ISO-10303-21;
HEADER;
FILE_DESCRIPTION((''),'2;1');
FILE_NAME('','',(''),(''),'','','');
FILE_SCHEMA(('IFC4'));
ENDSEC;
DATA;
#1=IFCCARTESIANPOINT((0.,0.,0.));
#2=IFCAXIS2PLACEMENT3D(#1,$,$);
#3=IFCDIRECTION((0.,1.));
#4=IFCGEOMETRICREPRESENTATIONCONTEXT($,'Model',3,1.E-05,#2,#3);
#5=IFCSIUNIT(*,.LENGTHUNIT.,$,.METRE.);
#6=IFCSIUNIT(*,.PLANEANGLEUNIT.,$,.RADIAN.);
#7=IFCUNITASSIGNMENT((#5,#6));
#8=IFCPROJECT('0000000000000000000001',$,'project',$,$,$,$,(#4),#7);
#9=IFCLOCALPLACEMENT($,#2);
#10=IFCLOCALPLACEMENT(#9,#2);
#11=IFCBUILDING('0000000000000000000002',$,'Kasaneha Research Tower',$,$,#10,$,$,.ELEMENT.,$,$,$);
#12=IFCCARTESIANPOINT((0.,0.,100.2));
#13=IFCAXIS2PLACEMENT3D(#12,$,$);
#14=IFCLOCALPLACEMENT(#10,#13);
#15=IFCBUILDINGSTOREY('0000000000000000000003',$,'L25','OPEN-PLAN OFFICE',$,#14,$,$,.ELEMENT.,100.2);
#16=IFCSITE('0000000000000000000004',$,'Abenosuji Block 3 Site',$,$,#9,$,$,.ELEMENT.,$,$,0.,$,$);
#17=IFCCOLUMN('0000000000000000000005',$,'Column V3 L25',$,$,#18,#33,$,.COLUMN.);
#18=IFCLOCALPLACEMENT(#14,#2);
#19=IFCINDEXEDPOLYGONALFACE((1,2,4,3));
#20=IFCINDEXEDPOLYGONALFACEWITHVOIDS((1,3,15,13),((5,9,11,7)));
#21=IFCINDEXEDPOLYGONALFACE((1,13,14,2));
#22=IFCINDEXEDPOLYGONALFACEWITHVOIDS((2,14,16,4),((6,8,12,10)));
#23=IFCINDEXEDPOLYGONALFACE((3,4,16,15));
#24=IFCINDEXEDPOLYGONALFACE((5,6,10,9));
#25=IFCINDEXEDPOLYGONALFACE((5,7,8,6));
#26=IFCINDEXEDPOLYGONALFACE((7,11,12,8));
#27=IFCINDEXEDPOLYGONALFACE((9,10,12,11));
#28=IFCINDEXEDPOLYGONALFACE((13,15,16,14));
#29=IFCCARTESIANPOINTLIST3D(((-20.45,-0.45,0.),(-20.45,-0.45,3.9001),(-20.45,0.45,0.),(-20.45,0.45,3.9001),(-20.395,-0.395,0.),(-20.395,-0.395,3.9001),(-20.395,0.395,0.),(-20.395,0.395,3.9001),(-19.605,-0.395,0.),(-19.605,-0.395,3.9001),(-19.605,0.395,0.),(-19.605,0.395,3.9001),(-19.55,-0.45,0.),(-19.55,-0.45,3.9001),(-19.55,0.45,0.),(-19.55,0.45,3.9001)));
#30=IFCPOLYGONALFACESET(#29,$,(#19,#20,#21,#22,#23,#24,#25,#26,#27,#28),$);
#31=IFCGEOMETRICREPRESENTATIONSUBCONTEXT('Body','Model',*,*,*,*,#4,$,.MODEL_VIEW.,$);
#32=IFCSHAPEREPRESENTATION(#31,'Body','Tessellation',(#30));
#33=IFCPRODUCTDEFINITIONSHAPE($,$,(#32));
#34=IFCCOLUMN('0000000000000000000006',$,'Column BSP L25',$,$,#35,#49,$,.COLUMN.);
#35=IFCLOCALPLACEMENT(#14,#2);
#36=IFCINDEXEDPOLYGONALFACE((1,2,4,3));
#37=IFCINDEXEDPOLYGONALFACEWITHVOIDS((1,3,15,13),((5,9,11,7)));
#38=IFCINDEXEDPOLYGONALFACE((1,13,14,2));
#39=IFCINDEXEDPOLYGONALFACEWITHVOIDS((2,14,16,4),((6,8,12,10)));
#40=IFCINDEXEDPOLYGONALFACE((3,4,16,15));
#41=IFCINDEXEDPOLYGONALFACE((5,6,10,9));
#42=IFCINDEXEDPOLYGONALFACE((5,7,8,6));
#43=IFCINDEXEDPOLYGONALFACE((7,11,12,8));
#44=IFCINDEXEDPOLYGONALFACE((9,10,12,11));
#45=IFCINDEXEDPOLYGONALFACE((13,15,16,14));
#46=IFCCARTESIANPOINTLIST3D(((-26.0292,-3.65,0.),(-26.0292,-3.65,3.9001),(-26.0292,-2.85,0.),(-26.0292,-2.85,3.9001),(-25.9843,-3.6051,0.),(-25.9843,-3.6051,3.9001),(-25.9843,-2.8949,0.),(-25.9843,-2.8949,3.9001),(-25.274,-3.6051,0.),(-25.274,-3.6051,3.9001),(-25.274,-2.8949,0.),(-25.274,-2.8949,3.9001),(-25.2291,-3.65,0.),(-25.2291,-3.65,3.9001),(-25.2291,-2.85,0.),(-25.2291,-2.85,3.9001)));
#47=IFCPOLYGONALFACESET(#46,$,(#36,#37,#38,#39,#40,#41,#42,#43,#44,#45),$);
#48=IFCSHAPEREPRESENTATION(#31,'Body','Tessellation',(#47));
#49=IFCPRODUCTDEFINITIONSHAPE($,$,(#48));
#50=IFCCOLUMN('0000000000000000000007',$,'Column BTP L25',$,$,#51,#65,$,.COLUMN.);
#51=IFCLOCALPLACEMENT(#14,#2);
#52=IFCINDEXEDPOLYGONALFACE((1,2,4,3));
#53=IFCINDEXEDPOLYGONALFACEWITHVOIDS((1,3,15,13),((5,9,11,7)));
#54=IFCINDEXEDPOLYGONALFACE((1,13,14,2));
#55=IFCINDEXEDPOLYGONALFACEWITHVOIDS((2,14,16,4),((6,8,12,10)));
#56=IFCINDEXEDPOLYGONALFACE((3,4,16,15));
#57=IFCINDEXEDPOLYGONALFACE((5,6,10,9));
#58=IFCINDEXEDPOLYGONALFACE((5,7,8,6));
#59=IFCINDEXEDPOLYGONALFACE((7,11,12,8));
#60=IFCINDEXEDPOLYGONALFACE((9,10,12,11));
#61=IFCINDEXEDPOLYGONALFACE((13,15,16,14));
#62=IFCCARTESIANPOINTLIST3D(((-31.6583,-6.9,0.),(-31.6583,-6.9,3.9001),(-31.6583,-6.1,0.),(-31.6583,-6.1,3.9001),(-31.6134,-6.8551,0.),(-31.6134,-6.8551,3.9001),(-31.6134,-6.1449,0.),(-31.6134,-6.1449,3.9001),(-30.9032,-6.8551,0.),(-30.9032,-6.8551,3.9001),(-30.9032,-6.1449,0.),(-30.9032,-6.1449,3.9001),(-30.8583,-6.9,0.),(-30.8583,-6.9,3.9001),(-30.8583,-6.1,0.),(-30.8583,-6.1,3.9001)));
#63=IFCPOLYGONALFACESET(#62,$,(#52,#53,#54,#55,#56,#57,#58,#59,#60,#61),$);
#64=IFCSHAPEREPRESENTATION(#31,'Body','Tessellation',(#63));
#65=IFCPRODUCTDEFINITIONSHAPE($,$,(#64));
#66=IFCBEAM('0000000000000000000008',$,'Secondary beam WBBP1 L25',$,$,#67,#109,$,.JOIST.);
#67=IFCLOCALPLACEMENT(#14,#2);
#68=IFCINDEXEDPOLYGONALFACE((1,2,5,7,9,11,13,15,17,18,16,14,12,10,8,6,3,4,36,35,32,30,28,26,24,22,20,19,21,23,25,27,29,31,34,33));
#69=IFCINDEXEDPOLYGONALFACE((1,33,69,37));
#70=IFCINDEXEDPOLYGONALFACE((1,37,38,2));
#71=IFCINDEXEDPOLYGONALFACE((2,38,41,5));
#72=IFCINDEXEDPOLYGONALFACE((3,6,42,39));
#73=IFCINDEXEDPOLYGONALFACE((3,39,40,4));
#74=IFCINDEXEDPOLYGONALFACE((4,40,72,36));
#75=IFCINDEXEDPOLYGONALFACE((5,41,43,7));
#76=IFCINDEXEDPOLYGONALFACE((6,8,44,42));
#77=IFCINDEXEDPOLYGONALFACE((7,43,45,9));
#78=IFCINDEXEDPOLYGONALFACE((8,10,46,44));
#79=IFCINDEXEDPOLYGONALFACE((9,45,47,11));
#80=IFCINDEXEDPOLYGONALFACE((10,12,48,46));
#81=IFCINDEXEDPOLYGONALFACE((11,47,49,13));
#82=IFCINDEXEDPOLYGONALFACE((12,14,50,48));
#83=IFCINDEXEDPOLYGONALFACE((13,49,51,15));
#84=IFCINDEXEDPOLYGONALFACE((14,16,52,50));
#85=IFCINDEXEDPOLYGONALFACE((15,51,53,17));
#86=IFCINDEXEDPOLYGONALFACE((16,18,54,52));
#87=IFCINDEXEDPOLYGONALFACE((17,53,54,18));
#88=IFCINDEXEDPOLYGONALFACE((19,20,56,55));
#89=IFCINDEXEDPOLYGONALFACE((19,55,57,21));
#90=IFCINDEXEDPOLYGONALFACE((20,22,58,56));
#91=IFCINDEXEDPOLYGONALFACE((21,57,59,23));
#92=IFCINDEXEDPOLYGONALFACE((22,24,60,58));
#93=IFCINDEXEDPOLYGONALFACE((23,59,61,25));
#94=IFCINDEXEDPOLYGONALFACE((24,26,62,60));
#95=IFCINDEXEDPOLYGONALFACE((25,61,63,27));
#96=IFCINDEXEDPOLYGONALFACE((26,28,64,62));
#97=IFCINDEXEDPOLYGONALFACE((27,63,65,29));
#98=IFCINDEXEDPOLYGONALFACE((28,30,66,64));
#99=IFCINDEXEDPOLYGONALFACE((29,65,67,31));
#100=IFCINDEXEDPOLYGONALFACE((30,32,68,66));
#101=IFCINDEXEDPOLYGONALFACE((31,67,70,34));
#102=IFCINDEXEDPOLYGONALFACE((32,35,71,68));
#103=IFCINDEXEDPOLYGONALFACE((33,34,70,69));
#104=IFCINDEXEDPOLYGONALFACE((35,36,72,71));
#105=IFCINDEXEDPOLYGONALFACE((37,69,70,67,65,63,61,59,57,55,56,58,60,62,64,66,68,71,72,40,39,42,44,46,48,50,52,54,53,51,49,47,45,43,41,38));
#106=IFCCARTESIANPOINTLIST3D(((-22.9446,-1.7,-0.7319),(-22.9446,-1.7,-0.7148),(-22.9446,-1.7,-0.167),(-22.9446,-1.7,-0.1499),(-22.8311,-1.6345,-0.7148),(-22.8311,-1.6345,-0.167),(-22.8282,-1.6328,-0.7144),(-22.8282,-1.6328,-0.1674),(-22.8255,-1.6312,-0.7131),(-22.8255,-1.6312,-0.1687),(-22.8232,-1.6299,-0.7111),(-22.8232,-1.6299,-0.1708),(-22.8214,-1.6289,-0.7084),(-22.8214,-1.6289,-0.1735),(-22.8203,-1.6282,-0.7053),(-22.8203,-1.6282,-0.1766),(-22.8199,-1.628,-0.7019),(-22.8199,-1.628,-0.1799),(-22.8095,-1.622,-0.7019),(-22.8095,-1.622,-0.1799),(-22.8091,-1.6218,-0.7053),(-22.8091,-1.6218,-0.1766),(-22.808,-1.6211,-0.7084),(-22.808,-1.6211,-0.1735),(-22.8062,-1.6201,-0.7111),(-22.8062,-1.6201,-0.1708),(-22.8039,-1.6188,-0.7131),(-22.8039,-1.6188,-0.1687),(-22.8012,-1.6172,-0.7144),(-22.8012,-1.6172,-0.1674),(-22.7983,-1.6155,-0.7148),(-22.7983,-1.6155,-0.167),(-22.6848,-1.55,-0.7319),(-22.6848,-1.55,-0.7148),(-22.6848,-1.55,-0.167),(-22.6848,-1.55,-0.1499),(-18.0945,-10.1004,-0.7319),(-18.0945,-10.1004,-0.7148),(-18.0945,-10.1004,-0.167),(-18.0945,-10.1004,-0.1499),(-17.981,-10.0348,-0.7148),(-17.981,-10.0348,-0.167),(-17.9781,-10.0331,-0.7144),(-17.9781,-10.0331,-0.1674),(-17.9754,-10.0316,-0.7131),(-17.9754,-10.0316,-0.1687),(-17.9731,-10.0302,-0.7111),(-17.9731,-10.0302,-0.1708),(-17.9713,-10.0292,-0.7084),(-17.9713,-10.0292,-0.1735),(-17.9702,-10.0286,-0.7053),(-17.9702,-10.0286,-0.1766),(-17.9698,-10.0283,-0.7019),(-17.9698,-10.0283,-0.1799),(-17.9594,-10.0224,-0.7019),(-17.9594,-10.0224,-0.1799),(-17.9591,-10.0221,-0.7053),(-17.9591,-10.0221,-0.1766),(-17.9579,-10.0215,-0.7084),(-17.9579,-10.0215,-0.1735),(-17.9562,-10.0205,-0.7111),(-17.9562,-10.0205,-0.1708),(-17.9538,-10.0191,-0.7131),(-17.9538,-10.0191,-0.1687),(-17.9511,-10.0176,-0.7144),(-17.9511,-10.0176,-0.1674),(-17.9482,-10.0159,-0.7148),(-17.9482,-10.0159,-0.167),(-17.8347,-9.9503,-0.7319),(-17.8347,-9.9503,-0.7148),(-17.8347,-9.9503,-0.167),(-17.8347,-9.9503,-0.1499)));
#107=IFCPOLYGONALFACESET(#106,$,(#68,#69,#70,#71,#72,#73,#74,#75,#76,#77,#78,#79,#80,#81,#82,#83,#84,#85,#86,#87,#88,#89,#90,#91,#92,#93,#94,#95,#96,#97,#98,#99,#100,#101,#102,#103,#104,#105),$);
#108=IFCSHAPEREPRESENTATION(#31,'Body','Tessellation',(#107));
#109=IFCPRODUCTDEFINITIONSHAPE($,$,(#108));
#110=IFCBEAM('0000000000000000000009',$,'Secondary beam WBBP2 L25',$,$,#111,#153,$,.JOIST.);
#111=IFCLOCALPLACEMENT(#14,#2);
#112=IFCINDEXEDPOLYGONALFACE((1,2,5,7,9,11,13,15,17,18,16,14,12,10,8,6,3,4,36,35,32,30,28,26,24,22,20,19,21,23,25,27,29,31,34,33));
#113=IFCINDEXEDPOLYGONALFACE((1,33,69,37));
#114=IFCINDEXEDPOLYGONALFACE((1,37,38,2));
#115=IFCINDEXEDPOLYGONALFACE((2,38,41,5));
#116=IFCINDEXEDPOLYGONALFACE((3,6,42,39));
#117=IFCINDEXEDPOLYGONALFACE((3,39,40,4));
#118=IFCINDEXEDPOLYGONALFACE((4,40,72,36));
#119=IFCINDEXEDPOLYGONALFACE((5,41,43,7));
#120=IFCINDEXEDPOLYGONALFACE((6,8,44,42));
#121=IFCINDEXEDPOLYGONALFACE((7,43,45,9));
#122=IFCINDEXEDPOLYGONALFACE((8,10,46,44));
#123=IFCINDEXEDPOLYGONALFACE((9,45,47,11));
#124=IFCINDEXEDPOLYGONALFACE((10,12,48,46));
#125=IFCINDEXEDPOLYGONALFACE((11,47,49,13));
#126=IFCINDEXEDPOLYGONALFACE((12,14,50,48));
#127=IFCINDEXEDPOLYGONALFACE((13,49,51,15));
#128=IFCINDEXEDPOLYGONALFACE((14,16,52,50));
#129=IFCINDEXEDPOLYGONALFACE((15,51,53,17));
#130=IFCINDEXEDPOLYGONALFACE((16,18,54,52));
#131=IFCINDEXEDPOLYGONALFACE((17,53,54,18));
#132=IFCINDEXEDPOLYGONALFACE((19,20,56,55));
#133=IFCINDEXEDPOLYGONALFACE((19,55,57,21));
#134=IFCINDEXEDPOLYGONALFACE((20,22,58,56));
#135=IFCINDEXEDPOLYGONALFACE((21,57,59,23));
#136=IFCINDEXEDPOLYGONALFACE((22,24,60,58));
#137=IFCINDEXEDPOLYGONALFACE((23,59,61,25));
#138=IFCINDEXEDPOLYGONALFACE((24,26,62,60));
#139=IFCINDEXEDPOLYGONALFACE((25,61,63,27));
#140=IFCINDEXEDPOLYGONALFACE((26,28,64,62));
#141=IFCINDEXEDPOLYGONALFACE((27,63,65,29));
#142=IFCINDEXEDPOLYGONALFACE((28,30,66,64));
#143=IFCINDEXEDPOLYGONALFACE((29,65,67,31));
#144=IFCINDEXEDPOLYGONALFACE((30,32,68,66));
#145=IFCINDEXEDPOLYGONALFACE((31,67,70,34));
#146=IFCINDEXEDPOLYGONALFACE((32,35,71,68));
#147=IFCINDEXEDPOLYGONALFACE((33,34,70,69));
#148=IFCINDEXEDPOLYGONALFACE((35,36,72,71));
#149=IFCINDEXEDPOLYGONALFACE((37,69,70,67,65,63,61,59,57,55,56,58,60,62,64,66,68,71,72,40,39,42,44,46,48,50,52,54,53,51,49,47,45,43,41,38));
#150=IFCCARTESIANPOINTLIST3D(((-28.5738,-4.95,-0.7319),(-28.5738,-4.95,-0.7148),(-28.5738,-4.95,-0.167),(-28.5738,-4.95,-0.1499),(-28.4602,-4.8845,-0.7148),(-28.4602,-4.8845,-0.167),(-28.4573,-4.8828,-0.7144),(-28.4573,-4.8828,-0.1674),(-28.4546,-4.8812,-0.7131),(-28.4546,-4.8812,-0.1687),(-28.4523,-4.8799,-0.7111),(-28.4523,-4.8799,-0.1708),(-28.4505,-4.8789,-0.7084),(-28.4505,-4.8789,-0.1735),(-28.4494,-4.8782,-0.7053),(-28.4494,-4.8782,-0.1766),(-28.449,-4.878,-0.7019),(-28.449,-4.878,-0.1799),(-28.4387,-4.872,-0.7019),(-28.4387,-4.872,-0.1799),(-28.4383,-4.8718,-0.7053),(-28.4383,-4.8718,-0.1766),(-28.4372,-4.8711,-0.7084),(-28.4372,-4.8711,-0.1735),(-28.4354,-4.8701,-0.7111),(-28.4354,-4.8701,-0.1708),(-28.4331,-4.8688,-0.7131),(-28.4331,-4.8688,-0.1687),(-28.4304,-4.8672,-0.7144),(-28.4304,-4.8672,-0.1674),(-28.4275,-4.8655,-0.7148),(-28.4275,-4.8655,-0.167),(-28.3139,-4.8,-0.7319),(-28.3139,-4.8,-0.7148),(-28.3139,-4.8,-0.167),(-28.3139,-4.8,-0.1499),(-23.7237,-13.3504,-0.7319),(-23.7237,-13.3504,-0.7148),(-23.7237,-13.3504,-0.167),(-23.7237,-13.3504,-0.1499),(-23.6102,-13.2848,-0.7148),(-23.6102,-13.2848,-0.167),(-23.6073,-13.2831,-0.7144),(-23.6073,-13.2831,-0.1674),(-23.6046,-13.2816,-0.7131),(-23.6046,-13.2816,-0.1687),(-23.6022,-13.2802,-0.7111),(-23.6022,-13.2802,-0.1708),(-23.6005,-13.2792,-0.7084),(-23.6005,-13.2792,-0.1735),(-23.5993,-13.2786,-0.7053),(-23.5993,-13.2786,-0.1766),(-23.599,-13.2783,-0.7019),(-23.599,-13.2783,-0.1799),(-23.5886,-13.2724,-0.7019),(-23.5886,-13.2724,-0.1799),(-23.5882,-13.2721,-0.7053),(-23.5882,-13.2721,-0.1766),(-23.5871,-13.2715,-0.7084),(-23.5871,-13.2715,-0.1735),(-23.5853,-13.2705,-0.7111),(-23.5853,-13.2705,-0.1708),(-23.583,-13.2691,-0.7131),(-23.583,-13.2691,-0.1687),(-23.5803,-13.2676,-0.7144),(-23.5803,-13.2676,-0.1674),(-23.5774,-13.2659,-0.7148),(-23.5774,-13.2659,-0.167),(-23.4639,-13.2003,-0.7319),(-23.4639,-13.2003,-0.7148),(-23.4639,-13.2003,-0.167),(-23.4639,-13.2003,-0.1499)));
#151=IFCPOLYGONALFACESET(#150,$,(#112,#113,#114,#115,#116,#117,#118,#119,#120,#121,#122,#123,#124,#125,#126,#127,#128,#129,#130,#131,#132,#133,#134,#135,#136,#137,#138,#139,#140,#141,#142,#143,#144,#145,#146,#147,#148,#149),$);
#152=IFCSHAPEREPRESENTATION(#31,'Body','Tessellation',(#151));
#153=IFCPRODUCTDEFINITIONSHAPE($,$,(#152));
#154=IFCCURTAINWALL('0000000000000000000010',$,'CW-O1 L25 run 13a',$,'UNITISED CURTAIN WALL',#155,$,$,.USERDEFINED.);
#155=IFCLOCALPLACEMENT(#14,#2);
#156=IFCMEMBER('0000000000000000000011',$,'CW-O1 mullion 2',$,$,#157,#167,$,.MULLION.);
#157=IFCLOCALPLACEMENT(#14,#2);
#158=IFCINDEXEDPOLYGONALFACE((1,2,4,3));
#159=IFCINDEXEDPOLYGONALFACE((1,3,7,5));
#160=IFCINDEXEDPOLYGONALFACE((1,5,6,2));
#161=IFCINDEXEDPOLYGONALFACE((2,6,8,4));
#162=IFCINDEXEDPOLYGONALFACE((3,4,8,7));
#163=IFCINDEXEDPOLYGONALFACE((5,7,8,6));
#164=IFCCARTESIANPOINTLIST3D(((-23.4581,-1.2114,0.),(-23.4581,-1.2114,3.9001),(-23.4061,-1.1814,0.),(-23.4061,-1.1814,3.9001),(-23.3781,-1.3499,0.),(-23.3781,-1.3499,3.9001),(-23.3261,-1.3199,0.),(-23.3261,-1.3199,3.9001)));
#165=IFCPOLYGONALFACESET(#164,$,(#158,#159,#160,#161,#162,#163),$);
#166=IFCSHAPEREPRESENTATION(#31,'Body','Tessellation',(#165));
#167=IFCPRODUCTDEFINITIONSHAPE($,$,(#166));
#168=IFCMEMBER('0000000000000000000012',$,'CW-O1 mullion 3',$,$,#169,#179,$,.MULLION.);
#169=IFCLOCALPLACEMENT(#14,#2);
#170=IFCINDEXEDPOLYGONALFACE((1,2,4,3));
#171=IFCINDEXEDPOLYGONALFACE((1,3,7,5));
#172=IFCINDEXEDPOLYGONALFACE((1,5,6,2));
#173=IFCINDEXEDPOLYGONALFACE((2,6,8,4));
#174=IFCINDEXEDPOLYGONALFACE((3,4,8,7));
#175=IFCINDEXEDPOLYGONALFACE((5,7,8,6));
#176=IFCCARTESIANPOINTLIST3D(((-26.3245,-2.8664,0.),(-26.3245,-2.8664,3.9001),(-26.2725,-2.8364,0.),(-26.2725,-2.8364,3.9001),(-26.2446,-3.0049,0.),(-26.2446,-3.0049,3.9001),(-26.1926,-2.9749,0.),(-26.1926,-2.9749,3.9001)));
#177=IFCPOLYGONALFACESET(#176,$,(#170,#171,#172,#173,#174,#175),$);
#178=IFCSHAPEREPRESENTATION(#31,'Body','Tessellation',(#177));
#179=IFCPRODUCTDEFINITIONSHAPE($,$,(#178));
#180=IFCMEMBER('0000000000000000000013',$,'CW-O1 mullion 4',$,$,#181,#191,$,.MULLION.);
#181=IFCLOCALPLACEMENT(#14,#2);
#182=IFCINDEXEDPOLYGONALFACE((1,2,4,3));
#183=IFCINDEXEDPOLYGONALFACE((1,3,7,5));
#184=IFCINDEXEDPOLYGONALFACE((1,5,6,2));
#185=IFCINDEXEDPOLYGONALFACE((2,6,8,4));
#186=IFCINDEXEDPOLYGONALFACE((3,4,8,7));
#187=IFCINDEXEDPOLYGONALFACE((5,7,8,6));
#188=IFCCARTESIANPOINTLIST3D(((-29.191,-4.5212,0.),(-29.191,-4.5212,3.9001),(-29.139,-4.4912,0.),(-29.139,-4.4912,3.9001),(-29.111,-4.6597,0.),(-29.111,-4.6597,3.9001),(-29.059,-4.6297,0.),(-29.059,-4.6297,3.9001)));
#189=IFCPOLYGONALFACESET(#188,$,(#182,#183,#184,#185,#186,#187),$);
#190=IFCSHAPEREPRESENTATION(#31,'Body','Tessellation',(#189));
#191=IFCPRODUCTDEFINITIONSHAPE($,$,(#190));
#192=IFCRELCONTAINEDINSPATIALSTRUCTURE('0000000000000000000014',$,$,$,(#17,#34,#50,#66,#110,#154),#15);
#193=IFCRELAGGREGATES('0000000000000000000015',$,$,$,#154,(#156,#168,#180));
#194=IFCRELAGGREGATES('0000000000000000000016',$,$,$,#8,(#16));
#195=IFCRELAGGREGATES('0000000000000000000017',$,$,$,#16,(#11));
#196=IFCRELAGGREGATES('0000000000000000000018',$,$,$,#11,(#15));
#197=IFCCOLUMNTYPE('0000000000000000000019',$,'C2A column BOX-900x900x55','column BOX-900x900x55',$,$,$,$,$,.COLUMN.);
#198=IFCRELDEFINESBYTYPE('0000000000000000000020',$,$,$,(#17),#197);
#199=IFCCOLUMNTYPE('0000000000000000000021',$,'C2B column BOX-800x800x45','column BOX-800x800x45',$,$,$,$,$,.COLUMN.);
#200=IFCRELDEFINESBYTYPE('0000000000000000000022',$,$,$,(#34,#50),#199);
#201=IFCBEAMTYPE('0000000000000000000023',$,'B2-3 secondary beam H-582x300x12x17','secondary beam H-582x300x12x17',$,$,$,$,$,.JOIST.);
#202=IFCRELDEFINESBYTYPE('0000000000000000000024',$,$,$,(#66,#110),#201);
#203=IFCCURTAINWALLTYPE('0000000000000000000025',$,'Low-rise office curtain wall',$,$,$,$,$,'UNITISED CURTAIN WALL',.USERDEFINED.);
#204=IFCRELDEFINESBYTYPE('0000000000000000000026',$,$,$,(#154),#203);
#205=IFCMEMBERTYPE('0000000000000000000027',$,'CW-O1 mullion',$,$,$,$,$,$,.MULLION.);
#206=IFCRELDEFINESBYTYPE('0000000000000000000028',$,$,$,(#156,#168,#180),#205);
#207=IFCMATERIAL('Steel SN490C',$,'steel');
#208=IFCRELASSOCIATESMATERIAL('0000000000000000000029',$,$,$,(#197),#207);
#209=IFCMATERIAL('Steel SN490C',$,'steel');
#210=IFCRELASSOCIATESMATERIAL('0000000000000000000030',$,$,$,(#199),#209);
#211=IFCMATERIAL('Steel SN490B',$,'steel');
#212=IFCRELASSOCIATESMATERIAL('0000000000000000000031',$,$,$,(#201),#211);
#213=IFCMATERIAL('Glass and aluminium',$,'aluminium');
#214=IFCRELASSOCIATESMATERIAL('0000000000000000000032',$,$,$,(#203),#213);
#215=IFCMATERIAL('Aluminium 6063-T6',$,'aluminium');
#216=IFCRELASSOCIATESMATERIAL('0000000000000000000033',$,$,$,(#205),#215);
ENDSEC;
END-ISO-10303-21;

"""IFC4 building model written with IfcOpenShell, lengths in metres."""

from ifc_helpers import new_model, si_unit, direction, frame, origin, origin_2d, place, context, subcontext, project, spatial, rectangle, hollow_rectangle, i_section, extrude, material, material_profile, profile_set, type_object, element, aggregate, save


model = new_model("IFC4")

# Units and contexts
model_context = context("Model", 3, precision=1e-05, world=origin(), true_north=direction((0.0, 1.0)))
body_context = subcontext(model_context, "Body", "Model", "MODEL_VIEW")
ifc_project = project(units=[si_unit("LENGTHUNIT", "METRE"), si_unit("PLANEANGLEUNIT", "RADIAN")], contexts=[model_context])

# Site, building, storey
site_placement = place(None, origin())
site = spatial("IfcSite", under=ifc_project, at=site_placement, Name="Abenosuji Block 3 Site", CompositionType="ELEMENT", RefElevation=0.0)
building_placement = place(site_placement, origin())
building = spatial("IfcBuilding", under=site, at=building_placement, Name="Kasaneha Research Tower", CompositionType="ELEMENT")
storey_placement = place(building_placement, frame((0.0, 0.0, 100.2)))
storey = spatial("IfcBuildingStorey", under=building, at=storey_placement, Name="L25", Description="OPEN-PLAN OFFICE", CompositionType="ELEMENT", Elevation=100.2)

# Columns
ifc_material_1 = material(Name="Steel SN490C", Category="steel")
ifc_material_profile_1 = material_profile(ifc_material_1, hollow_rectangle(XDim=0.8999, YDim=0.8999, WallThickness=0.0549, at=origin_2d()), Name="BOX-900x900x55")
ifc_profile_set_1 = profile_set([ifc_material_profile_1], Name="Steel SN490C")
column_type_1 = type_object("IfcColumnType", Name="C2A column BOX-900x900x55", Description="column BOX-900x900x55", PredefinedType="COLUMN", material=ifc_profile_set_1)
column_placement = place(storey_placement, frame((-20.0, 0.0, 0.0), z_axis=(0.0, 0.0, 1.0), x_axis=(1.0, 0.0, 0.0)))
element("IfcColumn", 1, at=column_placement, inside=storey, type_object=column_type_1, Name="Column V3 L25", PredefinedType="COLUMN", context=body_context, shape_type="SweptSolid", body=[
    extrude(hollow_rectangle(XDim=0.8999, YDim=0.8999, WallThickness=0.0549, at=origin_2d()), origin(), (0.0, 0.0, 1.0), 3.9001),
])
ifc_material_2 = material(Name="Steel SN490C", Category="steel")
ifc_material_profile_2 = material_profile(ifc_material_2, hollow_rectangle(XDim=0.8, YDim=0.8, WallThickness=0.0449, at=origin_2d()), Name="BOX-800x800x45")
ifc_profile_set_2 = profile_set([ifc_material_profile_2], Name="Steel SN490C")
column_type_2 = type_object("IfcColumnType", Name="C2B column BOX-800x800x45", Description="column BOX-800x800x45", PredefinedType="COLUMN", material=ifc_profile_set_2)
for number, where, z_axis, x_axis, name in (
    (2, (-25.6292, -3.25, 0.0), (0.0, 0.0, 1.0), (1.0, 0.0, 0.0), "Column BSP L25"),
    (3, (-31.2583, -6.5, 0.0), (0.0, 0.0, 1.0), (1.0, 0.0, 0.0), "Column BTP L25"),
):
    element("IfcColumn", number, at=place(storey_placement, frame(where, z_axis=z_axis, x_axis=x_axis)), inside=storey, type_object=column_type_2, Name=name, PredefinedType="COLUMN", context=body_context, shape_type="SweptSolid", body=[
        extrude(hollow_rectangle(XDim=0.8, YDim=0.8, WallThickness=0.0449, at=origin_2d()), origin(), (0.0, 0.0, 1.0), 3.9001),
    ])

# Beams
ifc_material_3 = material(Name="Steel SN490B", Category="steel")
ifc_material_profile_3 = material_profile(ifc_material_3, i_section(OverallWidth=0.3, OverallDepth=0.582, WebThickness=0.012, FlangeThickness=0.0171, FilletRadius=0.0129, at=origin_2d()), Name="H-582x300x12x17")
ifc_profile_set_3 = profile_set([ifc_material_profile_3], Name="Steel SN490B")
beam_type_1 = type_object("IfcBeamType", Name="B2-3 secondary beam H-582x300x12x17", Description="secondary beam H-582x300x12x17", PredefinedType="JOIST", material=ifc_profile_set_3)
for number, where, z_axis, x_axis, name in (
    (4, (-22.8147, -1.625, -0.4409), (0.50001, -0.86602, 0.0), (0.86602, 0.50001, 0.0), "Secondary beam WBBP1 L25"),
    (5, (-28.4438, -4.875, -0.4409), (0.50001, -0.86602, 0.0), (0.86602, 0.50001, 0.0), "Secondary beam WBBP2 L25"),
):
    element("IfcBeam", number, at=place(storey_placement, frame(where, z_axis=z_axis, x_axis=x_axis)), inside=storey, type_object=beam_type_1, Name=name, PredefinedType="JOIST", context=body_context, shape_type="SweptSolid", body=[
        extrude(i_section(OverallWidth=0.3, OverallDepth=0.582, WebThickness=0.012, FlangeThickness=0.0171, FilletRadius=0.0129, at=origin_2d()), origin(), (0.0, 0.0, 1.0), 9.7),
    ])

# Curtain wall, members
ifc_material_4 = material(Name="Glass and aluminium", Category="aluminium")
curtain_wall_type = type_object("IfcCurtainWallType", Name="Low-rise office curtain wall", ElementType="UNITISED CURTAIN WALL", PredefinedType="USERDEFINED", material=ifc_material_4)
curtain_wall_1_placement = place(storey_placement, origin())
curtain_wall_1 = element("IfcCurtainWall", 6, at=curtain_wall_1_placement, inside=storey, type_object=curtain_wall_type, Name="CW-O1 L25 run 13a", ObjectType="UNITISED CURTAIN WALL", PredefinedType="USERDEFINED")
ifc_material_5 = material(Name="Aluminium 6063-T6", Category="aluminium")
ifc_material_profile_4 = material_profile(ifc_material_5, rectangle(XDim=0.0601, YDim=0.1599, at=origin_2d()), Name="CW-O1 mullion 60x160")
ifc_profile_set_4 = profile_set([ifc_material_profile_4], Name="Aluminium 6063-T6")
member_type_1 = type_object("IfcMemberType", Name="CW-O1 mullion", PredefinedType="MULLION", material=ifc_profile_set_4)
member_1_placement = place(storey_placement, frame((-23.3921, -1.2656, 0.0), z_axis=(0.0, 0.0, 1.0), x_axis=(-0.866025, -0.5, 0.0)))
member_1 = element("IfcMember", 7, at=member_1_placement, type_object=member_type_1, Name="CW-O1 mullion 2", PredefinedType="MULLION", context=body_context, shape_type="SweptSolid", body=[
    extrude(rectangle(XDim=0.0601, YDim=0.1599, at=origin_2d()), origin(), (0.0, 0.0, 1.0), 3.9001),
])
member_2_placement = place(storey_placement, frame((-26.2585, -2.9207, 0.0), z_axis=(0.0, 0.0, 1.0), x_axis=(-0.866025, -0.5, 0.0)))
member_2 = element("IfcMember", 8, at=member_2_placement, type_object=member_type_1, Name="CW-O1 mullion 3", PredefinedType="MULLION", context=body_context, shape_type="SweptSolid", body=[
    extrude(rectangle(XDim=0.0601, YDim=0.1599, at=origin_2d()), origin(), (0.0, 0.0, 1.0), 3.9001),
])
member_3_placement = place(storey_placement, frame((-29.125, -4.5754, 0.0), z_axis=(0.0, 0.0, 1.0), x_axis=(-0.866025, -0.5, 0.0)))
member_3 = element("IfcMember", 9, at=member_3_placement, type_object=member_type_1, Name="CW-O1 mullion 4", PredefinedType="MULLION", context=body_context, shape_type="SweptSolid", body=[
    extrude(rectangle(XDim=0.0601, YDim=0.1599, at=origin_2d()), origin(), (0.0, 0.0, 1.0), 3.9001),
])

aggregate(curtain_wall_1, [member_1, member_2, member_3])

save(model, "model.ifc")
